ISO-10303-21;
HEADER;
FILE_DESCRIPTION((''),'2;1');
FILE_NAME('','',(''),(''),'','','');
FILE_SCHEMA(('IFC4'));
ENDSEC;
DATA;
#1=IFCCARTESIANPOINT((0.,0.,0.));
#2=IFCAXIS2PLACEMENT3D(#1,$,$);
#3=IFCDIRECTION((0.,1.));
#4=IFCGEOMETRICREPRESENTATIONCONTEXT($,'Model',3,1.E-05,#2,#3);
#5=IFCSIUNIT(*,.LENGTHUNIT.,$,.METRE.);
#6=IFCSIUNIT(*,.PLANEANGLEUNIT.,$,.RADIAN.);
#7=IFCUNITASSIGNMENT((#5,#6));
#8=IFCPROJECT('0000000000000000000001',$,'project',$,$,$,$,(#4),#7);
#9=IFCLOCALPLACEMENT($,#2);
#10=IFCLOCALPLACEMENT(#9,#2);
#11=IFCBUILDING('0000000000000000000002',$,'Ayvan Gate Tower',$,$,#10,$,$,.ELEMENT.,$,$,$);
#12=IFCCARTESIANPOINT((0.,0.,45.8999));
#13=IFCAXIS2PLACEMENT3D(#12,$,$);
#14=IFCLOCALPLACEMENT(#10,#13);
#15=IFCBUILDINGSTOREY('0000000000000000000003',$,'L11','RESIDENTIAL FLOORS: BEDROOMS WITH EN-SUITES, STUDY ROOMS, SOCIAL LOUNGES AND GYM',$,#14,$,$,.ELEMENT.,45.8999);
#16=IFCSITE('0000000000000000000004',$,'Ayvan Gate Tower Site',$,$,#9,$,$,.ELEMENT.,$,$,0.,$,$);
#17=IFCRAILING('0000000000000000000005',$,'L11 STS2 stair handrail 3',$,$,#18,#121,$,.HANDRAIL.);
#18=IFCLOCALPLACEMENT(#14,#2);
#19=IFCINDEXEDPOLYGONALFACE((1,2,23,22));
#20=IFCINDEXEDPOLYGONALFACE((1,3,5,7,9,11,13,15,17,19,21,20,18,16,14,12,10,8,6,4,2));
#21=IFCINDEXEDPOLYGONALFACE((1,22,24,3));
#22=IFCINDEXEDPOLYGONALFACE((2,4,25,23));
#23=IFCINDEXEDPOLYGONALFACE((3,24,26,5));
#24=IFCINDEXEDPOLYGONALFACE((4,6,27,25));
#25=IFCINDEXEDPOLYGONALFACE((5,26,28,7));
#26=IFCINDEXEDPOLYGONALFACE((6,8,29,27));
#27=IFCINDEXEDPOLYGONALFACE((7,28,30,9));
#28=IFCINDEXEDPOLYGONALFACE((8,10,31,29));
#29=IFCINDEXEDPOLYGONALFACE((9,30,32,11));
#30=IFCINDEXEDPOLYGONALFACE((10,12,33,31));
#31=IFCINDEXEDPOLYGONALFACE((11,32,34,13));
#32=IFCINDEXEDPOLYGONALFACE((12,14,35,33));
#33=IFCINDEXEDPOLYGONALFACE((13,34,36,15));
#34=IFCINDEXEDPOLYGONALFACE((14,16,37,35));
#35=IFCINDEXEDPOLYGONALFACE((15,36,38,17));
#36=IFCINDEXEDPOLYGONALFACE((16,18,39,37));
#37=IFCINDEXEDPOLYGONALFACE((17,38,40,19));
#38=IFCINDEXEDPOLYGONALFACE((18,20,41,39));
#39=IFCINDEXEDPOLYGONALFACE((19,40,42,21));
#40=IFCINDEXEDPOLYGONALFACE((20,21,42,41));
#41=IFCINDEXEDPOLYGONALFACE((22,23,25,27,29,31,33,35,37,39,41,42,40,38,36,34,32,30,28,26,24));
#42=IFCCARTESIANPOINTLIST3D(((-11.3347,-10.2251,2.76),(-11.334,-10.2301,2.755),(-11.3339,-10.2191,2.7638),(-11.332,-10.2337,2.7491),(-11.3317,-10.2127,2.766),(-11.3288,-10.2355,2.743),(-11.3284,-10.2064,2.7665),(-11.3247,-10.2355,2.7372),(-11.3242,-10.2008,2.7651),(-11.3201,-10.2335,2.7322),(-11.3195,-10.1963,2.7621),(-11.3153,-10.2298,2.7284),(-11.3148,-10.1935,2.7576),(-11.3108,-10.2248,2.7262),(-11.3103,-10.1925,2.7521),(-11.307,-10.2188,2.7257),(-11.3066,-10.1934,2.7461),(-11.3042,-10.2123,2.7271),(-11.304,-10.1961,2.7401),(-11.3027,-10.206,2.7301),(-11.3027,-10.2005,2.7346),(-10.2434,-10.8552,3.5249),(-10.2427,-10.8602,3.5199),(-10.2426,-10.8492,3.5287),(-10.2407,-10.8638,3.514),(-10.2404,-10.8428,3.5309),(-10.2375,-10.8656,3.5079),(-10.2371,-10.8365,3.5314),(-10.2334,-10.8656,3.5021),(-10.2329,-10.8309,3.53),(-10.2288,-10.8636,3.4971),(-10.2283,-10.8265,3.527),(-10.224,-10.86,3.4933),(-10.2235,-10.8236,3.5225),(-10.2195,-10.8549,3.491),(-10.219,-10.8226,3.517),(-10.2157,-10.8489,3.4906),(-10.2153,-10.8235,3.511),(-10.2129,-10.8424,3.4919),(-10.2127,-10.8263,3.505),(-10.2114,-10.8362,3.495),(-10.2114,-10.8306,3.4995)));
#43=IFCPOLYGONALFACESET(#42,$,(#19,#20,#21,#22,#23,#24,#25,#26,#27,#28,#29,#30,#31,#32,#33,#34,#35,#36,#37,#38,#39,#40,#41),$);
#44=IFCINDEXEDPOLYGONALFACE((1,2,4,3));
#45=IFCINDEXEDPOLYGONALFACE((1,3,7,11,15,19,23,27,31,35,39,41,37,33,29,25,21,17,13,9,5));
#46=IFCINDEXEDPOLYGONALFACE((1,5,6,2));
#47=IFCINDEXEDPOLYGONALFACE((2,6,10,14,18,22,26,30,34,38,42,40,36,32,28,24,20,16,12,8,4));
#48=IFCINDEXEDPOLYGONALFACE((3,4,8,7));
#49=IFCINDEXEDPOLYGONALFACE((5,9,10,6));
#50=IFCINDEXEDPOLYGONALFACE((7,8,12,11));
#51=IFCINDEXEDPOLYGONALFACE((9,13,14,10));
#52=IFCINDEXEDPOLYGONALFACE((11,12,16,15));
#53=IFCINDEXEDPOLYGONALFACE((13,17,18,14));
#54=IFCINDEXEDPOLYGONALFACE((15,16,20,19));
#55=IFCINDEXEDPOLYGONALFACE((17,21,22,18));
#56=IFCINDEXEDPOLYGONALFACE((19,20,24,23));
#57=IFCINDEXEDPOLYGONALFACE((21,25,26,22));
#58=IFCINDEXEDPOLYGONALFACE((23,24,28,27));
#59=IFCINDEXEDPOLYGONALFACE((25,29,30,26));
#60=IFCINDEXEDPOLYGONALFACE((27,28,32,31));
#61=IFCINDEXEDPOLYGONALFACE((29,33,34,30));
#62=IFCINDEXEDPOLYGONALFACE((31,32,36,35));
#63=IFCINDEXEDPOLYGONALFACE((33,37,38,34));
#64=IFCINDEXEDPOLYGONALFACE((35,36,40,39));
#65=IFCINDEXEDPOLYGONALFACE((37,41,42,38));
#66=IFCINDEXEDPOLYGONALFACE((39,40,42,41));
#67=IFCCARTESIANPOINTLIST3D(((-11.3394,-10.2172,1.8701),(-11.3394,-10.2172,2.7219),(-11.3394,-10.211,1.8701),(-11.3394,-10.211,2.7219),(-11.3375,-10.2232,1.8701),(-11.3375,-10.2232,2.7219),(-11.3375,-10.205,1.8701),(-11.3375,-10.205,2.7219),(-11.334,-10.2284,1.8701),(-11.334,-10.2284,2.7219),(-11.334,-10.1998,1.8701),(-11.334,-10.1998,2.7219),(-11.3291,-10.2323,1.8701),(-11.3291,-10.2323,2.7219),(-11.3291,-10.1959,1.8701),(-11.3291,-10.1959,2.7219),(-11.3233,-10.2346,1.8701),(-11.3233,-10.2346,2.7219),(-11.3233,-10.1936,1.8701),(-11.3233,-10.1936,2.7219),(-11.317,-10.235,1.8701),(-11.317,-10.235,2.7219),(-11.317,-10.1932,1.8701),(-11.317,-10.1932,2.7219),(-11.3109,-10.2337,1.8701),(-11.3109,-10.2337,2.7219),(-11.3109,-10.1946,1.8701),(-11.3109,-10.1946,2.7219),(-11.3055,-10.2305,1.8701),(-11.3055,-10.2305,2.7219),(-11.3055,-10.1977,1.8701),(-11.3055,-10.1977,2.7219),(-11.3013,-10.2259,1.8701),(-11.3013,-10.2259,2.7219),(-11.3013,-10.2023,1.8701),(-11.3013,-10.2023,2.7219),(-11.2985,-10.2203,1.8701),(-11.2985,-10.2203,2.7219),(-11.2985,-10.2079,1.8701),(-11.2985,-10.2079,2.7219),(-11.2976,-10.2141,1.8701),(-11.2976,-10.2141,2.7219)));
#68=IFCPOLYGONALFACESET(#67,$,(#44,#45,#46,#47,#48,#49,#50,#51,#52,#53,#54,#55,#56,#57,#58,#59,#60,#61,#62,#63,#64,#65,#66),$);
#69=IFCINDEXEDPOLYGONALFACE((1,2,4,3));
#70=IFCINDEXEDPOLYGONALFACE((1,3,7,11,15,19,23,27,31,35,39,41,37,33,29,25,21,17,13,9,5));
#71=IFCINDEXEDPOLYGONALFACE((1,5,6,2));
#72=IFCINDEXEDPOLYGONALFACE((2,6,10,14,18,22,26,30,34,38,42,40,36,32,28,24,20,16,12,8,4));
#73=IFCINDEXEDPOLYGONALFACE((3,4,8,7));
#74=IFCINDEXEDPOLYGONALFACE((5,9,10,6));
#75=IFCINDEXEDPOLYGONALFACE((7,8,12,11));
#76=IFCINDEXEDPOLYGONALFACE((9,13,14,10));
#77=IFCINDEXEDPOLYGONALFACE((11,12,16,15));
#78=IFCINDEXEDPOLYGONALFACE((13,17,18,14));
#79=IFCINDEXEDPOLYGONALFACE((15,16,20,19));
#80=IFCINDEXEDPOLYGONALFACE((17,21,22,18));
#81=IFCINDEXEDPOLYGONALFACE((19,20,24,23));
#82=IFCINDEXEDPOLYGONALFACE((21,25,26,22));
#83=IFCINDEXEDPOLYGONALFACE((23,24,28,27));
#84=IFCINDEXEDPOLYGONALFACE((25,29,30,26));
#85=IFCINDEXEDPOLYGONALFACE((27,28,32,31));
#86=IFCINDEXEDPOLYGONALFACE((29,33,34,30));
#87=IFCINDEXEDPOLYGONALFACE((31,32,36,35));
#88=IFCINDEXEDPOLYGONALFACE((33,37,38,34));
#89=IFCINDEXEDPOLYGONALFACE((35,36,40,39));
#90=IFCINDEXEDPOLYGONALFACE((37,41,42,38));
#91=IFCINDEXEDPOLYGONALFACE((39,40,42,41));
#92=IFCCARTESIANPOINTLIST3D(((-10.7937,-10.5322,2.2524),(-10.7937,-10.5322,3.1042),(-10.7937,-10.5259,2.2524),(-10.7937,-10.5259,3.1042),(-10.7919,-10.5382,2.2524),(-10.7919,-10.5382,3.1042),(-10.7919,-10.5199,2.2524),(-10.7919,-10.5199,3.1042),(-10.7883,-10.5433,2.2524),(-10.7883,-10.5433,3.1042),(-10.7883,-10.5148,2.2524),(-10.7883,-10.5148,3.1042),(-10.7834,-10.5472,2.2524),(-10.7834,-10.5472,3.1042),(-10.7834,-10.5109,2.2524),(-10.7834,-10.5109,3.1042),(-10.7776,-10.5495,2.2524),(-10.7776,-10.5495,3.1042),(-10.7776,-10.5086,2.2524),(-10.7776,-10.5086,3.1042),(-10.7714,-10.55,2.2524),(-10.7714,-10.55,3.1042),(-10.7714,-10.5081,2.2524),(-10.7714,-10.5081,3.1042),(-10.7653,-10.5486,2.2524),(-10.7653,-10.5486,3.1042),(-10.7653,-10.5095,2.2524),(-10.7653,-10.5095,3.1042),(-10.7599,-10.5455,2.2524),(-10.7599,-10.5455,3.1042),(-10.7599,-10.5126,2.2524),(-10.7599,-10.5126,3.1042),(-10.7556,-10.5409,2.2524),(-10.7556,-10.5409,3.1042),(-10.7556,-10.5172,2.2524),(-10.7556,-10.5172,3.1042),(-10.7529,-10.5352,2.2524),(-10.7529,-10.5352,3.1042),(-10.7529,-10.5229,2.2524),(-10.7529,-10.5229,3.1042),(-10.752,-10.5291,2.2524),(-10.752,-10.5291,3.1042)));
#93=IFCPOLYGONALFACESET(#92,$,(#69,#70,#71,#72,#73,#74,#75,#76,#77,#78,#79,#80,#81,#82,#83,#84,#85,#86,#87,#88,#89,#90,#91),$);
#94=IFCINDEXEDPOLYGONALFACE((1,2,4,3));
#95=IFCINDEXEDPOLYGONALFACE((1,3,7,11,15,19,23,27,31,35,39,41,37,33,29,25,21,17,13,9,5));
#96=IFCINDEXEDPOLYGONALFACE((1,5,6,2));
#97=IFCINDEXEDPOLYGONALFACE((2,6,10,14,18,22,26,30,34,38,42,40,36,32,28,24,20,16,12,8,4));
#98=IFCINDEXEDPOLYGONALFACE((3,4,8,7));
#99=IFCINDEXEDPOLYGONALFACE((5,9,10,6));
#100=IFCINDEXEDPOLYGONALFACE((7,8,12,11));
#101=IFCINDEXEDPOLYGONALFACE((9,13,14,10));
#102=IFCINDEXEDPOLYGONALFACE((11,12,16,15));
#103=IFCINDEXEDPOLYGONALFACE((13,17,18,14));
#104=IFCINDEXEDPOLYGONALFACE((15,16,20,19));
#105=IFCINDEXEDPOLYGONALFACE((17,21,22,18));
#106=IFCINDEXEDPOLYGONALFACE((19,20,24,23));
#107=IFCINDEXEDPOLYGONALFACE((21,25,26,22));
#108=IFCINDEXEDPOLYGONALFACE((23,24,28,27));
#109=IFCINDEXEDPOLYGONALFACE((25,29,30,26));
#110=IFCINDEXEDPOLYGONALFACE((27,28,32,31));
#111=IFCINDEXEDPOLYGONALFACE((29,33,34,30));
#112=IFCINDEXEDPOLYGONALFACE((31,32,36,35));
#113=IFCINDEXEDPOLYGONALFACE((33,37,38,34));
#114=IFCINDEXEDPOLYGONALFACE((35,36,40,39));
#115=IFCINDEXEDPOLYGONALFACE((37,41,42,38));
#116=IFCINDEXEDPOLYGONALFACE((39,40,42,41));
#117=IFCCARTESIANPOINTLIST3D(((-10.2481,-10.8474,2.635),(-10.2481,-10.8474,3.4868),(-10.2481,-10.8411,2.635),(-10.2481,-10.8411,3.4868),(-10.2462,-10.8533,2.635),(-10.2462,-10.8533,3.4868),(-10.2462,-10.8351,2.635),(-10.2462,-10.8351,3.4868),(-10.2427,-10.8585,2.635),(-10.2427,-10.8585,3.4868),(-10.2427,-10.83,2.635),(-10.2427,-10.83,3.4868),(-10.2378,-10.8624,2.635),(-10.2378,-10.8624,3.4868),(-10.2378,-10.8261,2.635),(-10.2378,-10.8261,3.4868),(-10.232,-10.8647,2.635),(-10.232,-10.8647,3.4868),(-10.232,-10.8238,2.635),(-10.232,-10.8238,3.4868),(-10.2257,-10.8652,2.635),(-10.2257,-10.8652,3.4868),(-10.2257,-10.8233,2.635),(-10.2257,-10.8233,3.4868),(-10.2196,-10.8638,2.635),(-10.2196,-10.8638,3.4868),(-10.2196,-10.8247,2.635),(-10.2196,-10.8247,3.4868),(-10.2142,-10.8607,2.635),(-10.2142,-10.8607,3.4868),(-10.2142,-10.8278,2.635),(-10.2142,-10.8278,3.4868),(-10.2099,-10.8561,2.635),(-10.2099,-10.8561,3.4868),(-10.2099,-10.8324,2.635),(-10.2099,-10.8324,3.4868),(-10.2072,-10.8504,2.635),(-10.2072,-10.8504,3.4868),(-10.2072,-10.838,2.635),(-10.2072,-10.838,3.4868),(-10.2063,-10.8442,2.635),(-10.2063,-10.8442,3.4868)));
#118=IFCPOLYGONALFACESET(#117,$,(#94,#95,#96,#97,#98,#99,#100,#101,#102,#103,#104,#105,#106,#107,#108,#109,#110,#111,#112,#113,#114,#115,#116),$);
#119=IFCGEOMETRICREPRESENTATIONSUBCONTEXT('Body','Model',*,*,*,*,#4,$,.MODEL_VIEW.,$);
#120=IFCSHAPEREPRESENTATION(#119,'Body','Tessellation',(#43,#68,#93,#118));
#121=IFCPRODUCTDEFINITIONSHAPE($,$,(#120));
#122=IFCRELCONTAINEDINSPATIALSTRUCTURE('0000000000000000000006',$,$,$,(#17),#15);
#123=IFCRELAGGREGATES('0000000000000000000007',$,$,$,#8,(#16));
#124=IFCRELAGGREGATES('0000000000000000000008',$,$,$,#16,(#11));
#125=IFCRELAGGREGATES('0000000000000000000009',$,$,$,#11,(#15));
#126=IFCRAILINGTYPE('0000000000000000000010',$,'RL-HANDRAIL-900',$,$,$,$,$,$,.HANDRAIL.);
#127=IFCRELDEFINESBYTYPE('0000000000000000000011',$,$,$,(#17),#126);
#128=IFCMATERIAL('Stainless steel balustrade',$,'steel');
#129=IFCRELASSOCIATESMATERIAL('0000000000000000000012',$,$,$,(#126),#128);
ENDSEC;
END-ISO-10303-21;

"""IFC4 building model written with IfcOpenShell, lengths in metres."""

from ifc_helpers import new_model, si_unit, direction, frame, origin, origin_2d, place, context, subcontext, project, spatial, circle, extrude, material, type_object, element, save


model = new_model("IFC4")

# Units and contexts
model_context = context("Model", 3, precision=1e-05, world=origin(), true_north=direction((0.0, 1.0)))
body_context = subcontext(model_context, "Body", "Model", "MODEL_VIEW")
ifc_project = project(units=[si_unit("LENGTHUNIT", "METRE"), si_unit("PLANEANGLEUNIT", "RADIAN")], contexts=[model_context])

# Site, building, storey
site_placement = place(None, origin())
site = spatial("IfcSite", under=ifc_project, at=site_placement, Name="Ayvan Gate Tower Site", CompositionType="ELEMENT", RefElevation=0.0)
building_placement = place(site_placement, origin())
building = spatial("IfcBuilding", under=site, at=building_placement, Name="Ayvan Gate Tower", CompositionType="ELEMENT")
storey_placement = place(building_placement, frame((0.0, 0.0, 45.8999)))
storey = spatial("IfcBuildingStorey", under=building, at=storey_placement, Name="L11", Description="RESIDENTIAL FLOORS: BEDROOMS WITH EN-SUITES, STUDY ROOMS, SOCIAL LOUNGES AND GYM", CompositionType="ELEMENT", Elevation=45.8999)

# Railing
ifc_material_1 = material(Name="Stainless steel balustrade", Category="steel")
railing_type_1 = type_object("IfcRailingType", Name="RL-HANDRAIL-900", PredefinedType="HANDRAIL", material=ifc_material_1)
railing_1_placement = place(storey_placement, frame((-11.3186, -10.2141, 1.8701)))
element("IfcRailing", 1, at=railing_1_placement, inside=storey, type_object=railing_type_1, Name="L11 STS2 stair handrail 3", PredefinedType="HANDRAIL", context=body_context, shape_type="SweptSolid", body=[
    extrude(circle(Radius=0.0239, at=origin_2d()), frame((0.0, 0.0, 0.876), z_axis=(0.740304, -0.427455, 0.518875), x_axis=(0.500035, 0.866005, 0.0)), (0.0, 0.0, 1.0), 1.4741),
    extrude(circle(Radius=0.021, at=origin_2d()), origin(), (0.0, 0.0, 1.0), 0.8518),
    extrude(circle(Radius=0.021, at=origin_2d()), frame((0.5457, -0.3149, 0.3823)), (0.0, 0.0, 1.0), 0.8518),
    extrude(circle(Radius=0.021, at=origin_2d()), frame((1.0913, -0.6301, 0.7649)), (0.0, 0.0, 1.0), 0.8518),
])

save(model, "model.ifc")
